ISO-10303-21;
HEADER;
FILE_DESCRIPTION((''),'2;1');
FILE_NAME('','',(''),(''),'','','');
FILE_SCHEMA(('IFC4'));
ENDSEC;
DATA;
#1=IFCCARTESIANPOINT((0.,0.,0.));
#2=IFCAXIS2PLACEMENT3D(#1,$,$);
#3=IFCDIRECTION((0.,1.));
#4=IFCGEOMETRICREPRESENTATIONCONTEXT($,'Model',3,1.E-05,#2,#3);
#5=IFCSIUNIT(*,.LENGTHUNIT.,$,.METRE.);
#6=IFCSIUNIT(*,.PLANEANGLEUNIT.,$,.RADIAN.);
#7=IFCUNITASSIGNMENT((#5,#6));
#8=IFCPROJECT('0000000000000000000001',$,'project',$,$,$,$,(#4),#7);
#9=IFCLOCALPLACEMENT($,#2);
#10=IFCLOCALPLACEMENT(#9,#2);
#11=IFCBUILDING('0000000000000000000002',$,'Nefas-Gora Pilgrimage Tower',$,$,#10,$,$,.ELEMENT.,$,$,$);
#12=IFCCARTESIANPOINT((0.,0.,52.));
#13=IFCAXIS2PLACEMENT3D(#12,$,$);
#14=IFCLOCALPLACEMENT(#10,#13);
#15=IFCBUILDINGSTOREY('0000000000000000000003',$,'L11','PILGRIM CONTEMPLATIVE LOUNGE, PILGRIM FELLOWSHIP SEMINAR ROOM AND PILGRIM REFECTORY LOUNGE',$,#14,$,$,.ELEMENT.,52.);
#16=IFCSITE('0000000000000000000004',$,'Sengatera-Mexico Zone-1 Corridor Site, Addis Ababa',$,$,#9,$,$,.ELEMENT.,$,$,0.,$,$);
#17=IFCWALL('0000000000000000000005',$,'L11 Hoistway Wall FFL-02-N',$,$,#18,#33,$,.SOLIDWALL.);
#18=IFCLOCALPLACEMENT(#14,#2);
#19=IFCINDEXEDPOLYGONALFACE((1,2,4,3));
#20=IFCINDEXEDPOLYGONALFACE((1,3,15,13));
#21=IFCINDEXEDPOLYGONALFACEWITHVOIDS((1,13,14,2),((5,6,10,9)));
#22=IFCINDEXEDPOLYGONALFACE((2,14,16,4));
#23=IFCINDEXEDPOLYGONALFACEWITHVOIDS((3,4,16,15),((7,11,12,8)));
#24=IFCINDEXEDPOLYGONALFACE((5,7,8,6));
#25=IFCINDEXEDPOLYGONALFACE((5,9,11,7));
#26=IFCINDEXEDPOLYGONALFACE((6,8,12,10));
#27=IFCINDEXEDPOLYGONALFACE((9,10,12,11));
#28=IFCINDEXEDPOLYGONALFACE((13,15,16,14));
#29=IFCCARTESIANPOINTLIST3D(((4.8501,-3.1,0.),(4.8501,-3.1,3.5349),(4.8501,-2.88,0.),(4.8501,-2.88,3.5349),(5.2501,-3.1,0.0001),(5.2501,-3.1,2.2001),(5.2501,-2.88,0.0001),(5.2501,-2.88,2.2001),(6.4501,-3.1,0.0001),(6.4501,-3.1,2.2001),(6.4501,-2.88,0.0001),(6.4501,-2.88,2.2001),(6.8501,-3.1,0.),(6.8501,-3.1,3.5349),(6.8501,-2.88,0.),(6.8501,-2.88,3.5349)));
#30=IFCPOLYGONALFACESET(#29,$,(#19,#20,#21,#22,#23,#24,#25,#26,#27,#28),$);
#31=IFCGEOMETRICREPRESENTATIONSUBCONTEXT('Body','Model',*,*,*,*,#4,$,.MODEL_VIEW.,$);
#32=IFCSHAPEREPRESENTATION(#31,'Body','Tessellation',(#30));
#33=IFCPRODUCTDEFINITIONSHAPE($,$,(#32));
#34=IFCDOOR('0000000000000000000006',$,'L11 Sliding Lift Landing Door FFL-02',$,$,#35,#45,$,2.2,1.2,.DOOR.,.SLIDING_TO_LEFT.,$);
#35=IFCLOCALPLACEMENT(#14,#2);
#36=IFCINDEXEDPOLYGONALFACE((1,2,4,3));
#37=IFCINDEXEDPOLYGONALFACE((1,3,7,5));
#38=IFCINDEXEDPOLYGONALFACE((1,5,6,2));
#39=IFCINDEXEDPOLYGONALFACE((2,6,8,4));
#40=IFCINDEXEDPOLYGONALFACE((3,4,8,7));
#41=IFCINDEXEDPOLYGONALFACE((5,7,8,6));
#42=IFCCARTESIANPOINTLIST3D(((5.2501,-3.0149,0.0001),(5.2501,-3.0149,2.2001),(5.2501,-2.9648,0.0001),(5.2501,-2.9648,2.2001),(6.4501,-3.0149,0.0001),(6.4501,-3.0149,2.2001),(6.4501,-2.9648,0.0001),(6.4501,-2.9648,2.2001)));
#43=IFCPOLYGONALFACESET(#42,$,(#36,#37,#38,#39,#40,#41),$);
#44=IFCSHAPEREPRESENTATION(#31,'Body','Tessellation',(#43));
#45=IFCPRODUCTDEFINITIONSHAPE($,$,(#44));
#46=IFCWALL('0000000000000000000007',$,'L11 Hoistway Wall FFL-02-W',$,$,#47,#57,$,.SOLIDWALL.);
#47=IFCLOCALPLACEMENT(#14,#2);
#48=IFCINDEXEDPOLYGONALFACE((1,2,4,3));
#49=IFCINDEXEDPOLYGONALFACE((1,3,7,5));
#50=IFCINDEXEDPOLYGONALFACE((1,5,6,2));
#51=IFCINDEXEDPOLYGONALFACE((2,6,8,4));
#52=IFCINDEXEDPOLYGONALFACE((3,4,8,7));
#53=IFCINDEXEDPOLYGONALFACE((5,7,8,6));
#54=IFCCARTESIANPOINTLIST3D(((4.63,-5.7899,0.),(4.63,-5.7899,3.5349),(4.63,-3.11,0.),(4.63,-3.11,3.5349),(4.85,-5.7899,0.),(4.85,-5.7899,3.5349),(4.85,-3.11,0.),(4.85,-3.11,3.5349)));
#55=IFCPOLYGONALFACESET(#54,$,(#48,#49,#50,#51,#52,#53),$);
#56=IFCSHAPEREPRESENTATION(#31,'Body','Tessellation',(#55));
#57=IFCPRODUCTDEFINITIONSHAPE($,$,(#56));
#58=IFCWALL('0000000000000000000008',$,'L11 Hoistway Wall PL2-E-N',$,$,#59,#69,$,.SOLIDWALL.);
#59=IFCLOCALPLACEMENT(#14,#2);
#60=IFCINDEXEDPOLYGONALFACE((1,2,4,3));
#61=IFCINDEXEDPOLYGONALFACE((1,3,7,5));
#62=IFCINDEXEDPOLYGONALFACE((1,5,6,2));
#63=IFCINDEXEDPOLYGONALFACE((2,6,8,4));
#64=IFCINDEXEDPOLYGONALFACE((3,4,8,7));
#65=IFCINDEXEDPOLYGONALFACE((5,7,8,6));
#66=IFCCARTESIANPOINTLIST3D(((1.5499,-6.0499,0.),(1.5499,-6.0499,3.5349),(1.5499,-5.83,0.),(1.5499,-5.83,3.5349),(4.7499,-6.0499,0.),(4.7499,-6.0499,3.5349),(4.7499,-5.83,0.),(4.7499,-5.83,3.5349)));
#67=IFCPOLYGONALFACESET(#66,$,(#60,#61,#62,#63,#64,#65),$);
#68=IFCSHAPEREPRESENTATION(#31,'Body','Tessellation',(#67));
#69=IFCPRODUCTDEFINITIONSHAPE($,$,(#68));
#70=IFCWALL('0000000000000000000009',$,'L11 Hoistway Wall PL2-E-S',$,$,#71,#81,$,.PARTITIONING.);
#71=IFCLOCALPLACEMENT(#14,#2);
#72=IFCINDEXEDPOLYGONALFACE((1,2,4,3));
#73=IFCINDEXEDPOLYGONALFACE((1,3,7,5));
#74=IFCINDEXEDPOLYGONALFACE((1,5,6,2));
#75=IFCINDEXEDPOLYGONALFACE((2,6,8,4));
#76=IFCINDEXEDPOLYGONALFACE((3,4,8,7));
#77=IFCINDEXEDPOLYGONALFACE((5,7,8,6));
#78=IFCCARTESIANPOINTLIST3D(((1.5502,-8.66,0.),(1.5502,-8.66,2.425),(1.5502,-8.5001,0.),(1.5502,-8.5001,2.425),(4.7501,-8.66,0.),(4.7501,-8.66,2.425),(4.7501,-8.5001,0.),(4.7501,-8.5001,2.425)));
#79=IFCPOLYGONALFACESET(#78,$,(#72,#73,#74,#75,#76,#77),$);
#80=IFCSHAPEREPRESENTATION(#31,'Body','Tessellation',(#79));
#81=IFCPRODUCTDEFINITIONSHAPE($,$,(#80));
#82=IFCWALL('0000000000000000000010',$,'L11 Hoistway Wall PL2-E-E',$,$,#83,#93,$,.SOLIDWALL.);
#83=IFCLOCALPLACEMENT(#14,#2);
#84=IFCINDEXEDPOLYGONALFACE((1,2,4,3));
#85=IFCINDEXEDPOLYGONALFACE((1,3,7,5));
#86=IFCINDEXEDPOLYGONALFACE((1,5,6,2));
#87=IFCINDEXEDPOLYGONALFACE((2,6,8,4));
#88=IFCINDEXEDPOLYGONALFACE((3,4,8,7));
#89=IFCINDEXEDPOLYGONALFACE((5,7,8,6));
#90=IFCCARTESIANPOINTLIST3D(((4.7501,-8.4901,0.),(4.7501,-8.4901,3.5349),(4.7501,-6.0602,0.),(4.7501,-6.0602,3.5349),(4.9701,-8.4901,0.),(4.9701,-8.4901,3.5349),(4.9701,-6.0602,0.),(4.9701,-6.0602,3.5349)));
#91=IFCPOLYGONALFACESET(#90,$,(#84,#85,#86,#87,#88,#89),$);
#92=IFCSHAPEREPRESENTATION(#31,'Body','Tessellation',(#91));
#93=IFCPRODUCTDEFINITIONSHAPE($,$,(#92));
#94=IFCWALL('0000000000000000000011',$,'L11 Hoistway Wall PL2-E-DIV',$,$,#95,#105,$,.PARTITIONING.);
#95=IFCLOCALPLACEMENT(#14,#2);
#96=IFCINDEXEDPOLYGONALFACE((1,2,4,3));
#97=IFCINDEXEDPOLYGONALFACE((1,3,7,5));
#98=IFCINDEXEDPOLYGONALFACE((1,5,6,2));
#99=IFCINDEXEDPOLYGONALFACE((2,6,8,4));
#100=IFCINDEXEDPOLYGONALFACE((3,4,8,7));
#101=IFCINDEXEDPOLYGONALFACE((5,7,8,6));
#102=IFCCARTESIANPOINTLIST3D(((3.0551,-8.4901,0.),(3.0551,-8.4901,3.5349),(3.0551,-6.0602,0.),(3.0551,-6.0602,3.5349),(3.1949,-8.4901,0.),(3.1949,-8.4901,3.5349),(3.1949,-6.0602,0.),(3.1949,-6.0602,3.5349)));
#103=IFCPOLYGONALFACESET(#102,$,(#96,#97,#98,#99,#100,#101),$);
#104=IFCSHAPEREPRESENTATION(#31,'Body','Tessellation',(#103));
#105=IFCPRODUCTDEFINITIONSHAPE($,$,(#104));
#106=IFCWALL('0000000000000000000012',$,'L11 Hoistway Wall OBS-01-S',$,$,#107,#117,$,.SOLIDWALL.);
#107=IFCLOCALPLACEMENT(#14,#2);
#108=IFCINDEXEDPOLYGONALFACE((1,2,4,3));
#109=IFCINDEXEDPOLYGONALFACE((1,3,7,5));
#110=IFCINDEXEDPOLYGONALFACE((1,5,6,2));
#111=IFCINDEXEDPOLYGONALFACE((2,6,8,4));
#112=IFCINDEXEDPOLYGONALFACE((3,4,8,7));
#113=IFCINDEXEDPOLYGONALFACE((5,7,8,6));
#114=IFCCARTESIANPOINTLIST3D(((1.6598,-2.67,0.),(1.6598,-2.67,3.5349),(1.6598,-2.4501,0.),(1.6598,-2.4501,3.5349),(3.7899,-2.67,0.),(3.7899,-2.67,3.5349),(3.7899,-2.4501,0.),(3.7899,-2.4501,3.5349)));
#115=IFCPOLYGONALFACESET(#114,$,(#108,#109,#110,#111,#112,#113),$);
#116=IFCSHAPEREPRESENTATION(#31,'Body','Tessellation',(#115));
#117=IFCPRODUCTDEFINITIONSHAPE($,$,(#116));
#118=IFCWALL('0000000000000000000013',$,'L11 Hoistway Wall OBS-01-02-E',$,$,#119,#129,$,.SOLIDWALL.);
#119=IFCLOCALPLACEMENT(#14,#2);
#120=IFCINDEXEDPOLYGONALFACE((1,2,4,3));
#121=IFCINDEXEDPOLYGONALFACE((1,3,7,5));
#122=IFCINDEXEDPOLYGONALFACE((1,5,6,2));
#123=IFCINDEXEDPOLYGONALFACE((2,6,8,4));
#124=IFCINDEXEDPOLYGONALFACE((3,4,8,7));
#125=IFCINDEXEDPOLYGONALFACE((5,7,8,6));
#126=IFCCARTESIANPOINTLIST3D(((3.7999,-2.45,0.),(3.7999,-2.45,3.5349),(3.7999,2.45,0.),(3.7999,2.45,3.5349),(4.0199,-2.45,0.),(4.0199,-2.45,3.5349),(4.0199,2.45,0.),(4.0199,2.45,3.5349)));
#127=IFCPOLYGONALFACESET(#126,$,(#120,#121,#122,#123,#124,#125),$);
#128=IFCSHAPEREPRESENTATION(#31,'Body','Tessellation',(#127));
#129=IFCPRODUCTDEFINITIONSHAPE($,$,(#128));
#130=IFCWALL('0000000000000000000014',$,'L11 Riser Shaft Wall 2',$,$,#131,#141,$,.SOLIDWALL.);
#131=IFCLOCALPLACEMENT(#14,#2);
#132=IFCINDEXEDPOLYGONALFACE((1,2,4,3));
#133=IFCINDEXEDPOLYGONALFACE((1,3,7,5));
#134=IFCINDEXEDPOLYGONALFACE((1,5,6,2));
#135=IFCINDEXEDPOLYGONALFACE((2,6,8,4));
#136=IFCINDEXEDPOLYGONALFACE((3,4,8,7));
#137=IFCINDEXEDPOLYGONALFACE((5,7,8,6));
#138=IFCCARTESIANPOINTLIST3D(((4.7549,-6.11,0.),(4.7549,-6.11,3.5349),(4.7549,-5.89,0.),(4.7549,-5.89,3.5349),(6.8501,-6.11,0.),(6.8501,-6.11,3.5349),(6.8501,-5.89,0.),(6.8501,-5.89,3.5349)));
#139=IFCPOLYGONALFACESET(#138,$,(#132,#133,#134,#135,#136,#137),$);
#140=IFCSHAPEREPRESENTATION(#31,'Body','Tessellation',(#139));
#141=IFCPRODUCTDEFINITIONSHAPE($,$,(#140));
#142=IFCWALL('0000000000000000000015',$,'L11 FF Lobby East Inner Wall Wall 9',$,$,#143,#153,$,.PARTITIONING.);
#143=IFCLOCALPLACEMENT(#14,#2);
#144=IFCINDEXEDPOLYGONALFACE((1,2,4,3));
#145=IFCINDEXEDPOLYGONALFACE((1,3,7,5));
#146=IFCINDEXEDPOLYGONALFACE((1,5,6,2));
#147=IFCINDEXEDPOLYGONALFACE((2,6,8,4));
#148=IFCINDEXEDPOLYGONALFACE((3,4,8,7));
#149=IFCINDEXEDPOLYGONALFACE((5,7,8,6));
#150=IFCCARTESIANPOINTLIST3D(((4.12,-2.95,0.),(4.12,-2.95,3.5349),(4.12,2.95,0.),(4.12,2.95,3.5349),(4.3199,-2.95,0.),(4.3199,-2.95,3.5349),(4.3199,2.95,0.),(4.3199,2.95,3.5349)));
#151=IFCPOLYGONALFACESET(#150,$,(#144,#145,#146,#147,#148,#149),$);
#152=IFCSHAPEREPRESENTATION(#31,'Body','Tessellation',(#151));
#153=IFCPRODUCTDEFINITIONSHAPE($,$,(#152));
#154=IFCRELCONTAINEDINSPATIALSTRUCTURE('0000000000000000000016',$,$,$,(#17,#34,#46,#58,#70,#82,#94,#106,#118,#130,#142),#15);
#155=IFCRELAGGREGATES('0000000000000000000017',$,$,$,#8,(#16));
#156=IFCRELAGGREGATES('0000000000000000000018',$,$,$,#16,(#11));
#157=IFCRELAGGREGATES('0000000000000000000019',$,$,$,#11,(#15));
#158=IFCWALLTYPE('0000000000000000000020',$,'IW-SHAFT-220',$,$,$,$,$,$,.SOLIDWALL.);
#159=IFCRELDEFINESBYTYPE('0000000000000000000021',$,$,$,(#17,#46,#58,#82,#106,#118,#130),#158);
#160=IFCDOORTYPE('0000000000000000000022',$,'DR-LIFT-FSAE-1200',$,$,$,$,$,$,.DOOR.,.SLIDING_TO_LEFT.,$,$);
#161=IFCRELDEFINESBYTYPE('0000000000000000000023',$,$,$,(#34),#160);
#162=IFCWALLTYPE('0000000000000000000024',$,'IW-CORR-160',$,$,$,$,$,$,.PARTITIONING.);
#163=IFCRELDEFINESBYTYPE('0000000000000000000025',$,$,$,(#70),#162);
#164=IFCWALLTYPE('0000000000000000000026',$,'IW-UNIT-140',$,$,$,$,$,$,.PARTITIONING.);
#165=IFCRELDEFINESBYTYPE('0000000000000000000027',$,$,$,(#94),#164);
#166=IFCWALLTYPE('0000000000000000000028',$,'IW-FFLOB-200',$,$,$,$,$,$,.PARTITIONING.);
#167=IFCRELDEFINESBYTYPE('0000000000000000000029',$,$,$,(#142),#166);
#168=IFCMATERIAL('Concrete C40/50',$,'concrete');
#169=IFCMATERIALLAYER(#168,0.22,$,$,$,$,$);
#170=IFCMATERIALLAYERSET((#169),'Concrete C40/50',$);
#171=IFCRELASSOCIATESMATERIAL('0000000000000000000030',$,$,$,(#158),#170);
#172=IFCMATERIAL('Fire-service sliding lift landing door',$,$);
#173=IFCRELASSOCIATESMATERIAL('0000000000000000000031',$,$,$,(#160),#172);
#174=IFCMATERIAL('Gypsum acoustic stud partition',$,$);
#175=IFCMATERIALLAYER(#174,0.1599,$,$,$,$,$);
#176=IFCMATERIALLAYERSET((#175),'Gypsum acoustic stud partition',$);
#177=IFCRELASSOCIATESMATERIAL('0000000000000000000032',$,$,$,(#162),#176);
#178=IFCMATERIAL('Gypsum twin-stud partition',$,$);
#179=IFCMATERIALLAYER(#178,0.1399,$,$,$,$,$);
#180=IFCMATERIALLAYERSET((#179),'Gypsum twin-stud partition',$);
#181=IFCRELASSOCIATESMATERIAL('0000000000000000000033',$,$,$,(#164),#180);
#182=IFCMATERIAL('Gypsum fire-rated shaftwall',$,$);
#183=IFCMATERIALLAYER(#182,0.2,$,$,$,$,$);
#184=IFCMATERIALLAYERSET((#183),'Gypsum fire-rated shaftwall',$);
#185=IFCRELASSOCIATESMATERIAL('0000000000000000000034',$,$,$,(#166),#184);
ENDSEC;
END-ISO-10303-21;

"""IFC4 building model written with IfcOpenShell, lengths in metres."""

from ifc_helpers import new_model, si_unit, direction, frame, frame_2d, origin, place, context, subcontext, project, spatial, rectangle, extrude, source, transform, mapped, material, layer, layer_set, type_object, element, fill, save


model = new_model("IFC4")

# Units and contexts
model_context = context("Model", 3, precision=1e-05, world=origin(), true_north=direction((0.0, 1.0)))
body_context = subcontext(model_context, "Body", "Model", "MODEL_VIEW")
ifc_project = project(units=[si_unit("LENGTHUNIT", "METRE"), si_unit("PLANEANGLEUNIT", "RADIAN")], contexts=[model_context])

# Site, building, storey
site_placement = place(None, origin())
site = spatial("IfcSite", under=ifc_project, at=site_placement, Name="Sengatera-Mexico Zone-1 Corridor Site, Addis Ababa", CompositionType="ELEMENT", RefElevation=0.0)
building_placement = place(site_placement, origin())
building = spatial("IfcBuilding", under=site, at=building_placement, Name="Nefas-Gora Pilgrimage Tower", CompositionType="ELEMENT")
storey_placement = place(building_placement, frame((0.0, 0.0, 52.0)))
storey = spatial("IfcBuildingStorey", under=building, at=storey_placement, Name="L11", Description="PILGRIM CONTEMPLATIVE LOUNGE, PILGRIM FELLOWSHIP SEMINAR ROOM AND PILGRIM REFECTORY LOUNGE", CompositionType="ELEMENT", Elevation=52.0)

# Wall, opening, door
ifc_material_1 = material(Name="Concrete C40/50", Category="concrete")
ifc_layer_1 = layer(ifc_material_1, 0.22)
ifc_layer_set_1 = layer_set([ifc_layer_1], Name="Concrete C40/50")
wall_type_1 = type_object("IfcWallType", Name="IW-SHAFT-220", PredefinedType="SOLIDWALL", material=ifc_layer_set_1)
shared_shape_1 = source(origin(), body_context, "Body", "SweptSolid", [
    extrude(rectangle(XDim=2.0, YDim=0.22, at=frame_2d((1.0, 0.0))), origin(), (0.0, 0.0, 1.0), 3.5349),
])
wall_1_placement = place(storey_placement, frame((6.8501, -2.99, 0.0), z_axis=(0.0, 0.0, 1.0), x_axis=(-1.0, 0.0, 0.0)))
wall_1 = element("IfcWall", 1, at=wall_1_placement, inside=storey, type_object=wall_type_1, Name="L11 Hoistway Wall FFL-02-N", PredefinedType="SOLIDWALL", context=body_context, shape_type="MappedRepresentation", body=[
    mapped(shared_shape_1, transform((0.0, 0.0, 0.0), x_axis=(1.0, 0.0, 0.0), y_axis=(0.0, 1.0, 0.0), z_axis=(0.0, 0.0, 1.0), scale=1.0)),
])
opening_1_placement = place(wall_1_placement, frame((0.3999, 0.0, 0.0)))
opening_1 = element("IfcOpeningElement", 2, at=opening_1_placement, cuts=wall_1, PredefinedType="OPENING", context=body_context, shape_type="SweptSolid", body=[
    extrude(rectangle(XDim=1.2, YDim=2.2, at=frame_2d((0.6001, 1.1001))), frame((0.0, 0.1199, 0.0), z_axis=(0.0, -1.0, 0.0), x_axis=(1.0, 0.0, 0.0)), (0.0, 0.0, 1.0), 0.24),
])
ifc_material_2 = material(Name="Fire-service sliding lift landing door")
door_type_1 = type_object("IfcDoorType", Name="DR-LIFT-FSAE-1200", OperationType="SLIDING_TO_LEFT", PredefinedType="DOOR", material=ifc_material_2)
shared_shape_2 = source(origin(), body_context, "Body", "SweptSolid", [
    extrude(rectangle(XDim=1.2, YDim=2.2, at=frame_2d((0.6001, 1.1001))), frame((0.0, 0.0249, 0.0), z_axis=(0.0, -1.0, 0.0), x_axis=(1.0, 0.0, 0.0)), (0.0, 0.0, 1.0), 0.05),
])
door_1_placement = place(opening_1_placement, origin())
door_1 = element("IfcDoor", 3, at=door_1_placement, inside=storey, type_object=door_type_1, Name="L11 Sliding Lift Landing Door FFL-02", OperationType="SLIDING_TO_LEFT", OverallHeight=2.2, OverallWidth=1.2, PredefinedType="DOOR", context=body_context, shape_type="MappedRepresentation", body=[
    mapped(shared_shape_2, transform((0.0, 0.0, 0.0), x_axis=(1.0, 0.0, 0.0), y_axis=(0.0, 1.0, 0.0), z_axis=(0.0, 0.0, 1.0), scale=1.0)),
])
fill(opening_1, door_1)

# Walls
shared_shape_3 = source(origin(), body_context, "Body", "SweptSolid", [
    extrude(rectangle(XDim=2.6799, YDim=0.22, at=frame_2d((1.3398, 0.0))), origin(), (0.0, 0.0, 1.0), 3.5349),
])
wall_2_placement = place(storey_placement, frame((4.74, -3.1101, 0.0), z_axis=(0.0, 0.0, 1.0), x_axis=(0.0, -1.0, 0.0)))
element("IfcWall", 4, at=wall_2_placement, inside=storey, type_object=wall_type_1, Name="L11 Hoistway Wall FFL-02-W", PredefinedType="SOLIDWALL", context=body_context, shape_type="MappedRepresentation", body=[
    mapped(shared_shape_3, transform((0.0, 0.0, 0.0), x_axis=(1.0, 0.0, 0.0), y_axis=(0.0, 1.0, 0.0), z_axis=(0.0, 0.0, 1.0), scale=1.0)),
])
shared_shape_4 = source(origin(), body_context, "Body", "SweptSolid", [
    extrude(rectangle(XDim=3.2, YDim=0.22, at=frame_2d((1.6001, 0.0))), origin(), (0.0, 0.0, 1.0), 3.5349),
])
wall_3_placement = place(storey_placement, frame((4.75, -5.9399, 0.0), z_axis=(0.0, 0.0, 1.0), x_axis=(-1.0, 0.0, 0.0)))
element("IfcWall", 5, at=wall_3_placement, inside=storey, type_object=wall_type_1, Name="L11 Hoistway Wall PL2-E-N", PredefinedType="SOLIDWALL", context=body_context, shape_type="MappedRepresentation", body=[
    mapped(shared_shape_4, transform((0.0, 0.0, 0.0), x_axis=(1.0, 0.0, 0.0), y_axis=(0.0, 1.0, 0.0), z_axis=(0.0, 0.0, 1.0), scale=1.0)),
])
ifc_material_3 = material(Name="Gypsum acoustic stud partition")
ifc_layer_2 = layer(ifc_material_3, 0.1599)
ifc_layer_set_2 = layer_set([ifc_layer_2], Name="Gypsum acoustic stud partition")
wall_type_2 = type_object("IfcWallType", Name="IW-CORR-160", PredefinedType="PARTITIONING", material=ifc_layer_set_2)
shared_shape_5 = source(origin(), body_context, "Body", "SweptSolid", [
    extrude(rectangle(XDim=3.2, YDim=0.1599, at=frame_2d((1.6001, 0.0))), origin(), (0.0, 0.0, 1.0), 2.425),
])
wall_4_placement = place(storey_placement, frame((1.55, -8.5801, 0.0), z_axis=(0.0, 0.0, 1.0), x_axis=(1.0, 0.0, 0.0)))
element("IfcWall", 6, at=wall_4_placement, inside=storey, type_object=wall_type_2, Name="L11 Hoistway Wall PL2-E-S", PredefinedType="PARTITIONING", context=body_context, shape_type="MappedRepresentation", body=[
    mapped(shared_shape_5, transform((0.0, 0.0, 0.0), x_axis=(1.0, 0.0, 0.0), y_axis=(0.0, 1.0, 0.0), z_axis=(0.0, 0.0, 1.0), scale=1.0)),
])
shared_shape_6 = source(origin(), body_context, "Body", "SweptSolid", [
    extrude(rectangle(XDim=2.4299, YDim=0.22, at=frame_2d((1.2148, 0.0))), origin(), (0.0, 0.0, 1.0), 3.5349),
])
for number, where, z_axis, x_axis, name in (
    (7, (4.8601, -8.49, 0.0), (0.0, 0.0, 1.0), (0.0, 1.0, 0.0), "L11 Hoistway Wall PL2-E-E"),
):
    element("IfcWall", number, at=place(storey_placement, frame(where, z_axis=z_axis, x_axis=x_axis)), inside=storey, type_object=wall_type_1, Name=name, PredefinedType="SOLIDWALL", context=body_context, shape_type="MappedRepresentation", body=[
        mapped(shared_shape_6, transform((0.0, 0.0, 0.0), x_axis=(1.0, 0.0, 0.0), y_axis=(0.0, 1.0, 0.0), z_axis=(0.0, 0.0, 1.0), scale=1.0)),
    ])
ifc_material_4 = material(Name="Gypsum twin-stud partition")
ifc_layer_3 = layer(ifc_material_4, 0.1399)
ifc_layer_set_3 = layer_set([ifc_layer_3], Name="Gypsum twin-stud partition")
wall_type_3 = type_object("IfcWallType", Name="IW-UNIT-140", PredefinedType="PARTITIONING", material=ifc_layer_set_3)
shared_shape_7 = source(origin(), body_context, "Body", "SweptSolid", [
    extrude(rectangle(XDim=2.4299, YDim=0.1399, at=frame_2d((1.2148, 0.0))), origin(), (0.0, 0.0, 1.0), 3.5349),
])
wall_5_placement = place(storey_placement, frame((3.125, -8.49, 0.0), z_axis=(0.0, 0.0, 1.0), x_axis=(0.0, 1.0, 0.0)))
element("IfcWall", 8, at=wall_5_placement, inside=storey, type_object=wall_type_3, Name="L11 Hoistway Wall PL2-E-DIV", PredefinedType="PARTITIONING", context=body_context, shape_type="MappedRepresentation", body=[
    mapped(shared_shape_7, transform((0.0, 0.0, 0.0), x_axis=(1.0, 0.0, 0.0), y_axis=(0.0, 1.0, 0.0), z_axis=(0.0, 0.0, 1.0), scale=1.0)),
])
shared_shape_8 = source(origin(), body_context, "Body", "SweptSolid", [
    extrude(rectangle(XDim=2.1301, YDim=0.22, at=frame_2d((1.0649, 0.0))), origin(), (0.0, 0.0, 1.0), 3.5349),
])
wall_6_placement = place(storey_placement, frame((1.6599, -2.5601, 0.0), z_axis=(0.0, 0.0, 1.0), x_axis=(1.0, 0.0, 0.0)))
element("IfcWall", 9, at=wall_6_placement, inside=storey, type_object=wall_type_1, Name="L11 Hoistway Wall OBS-01-S", PredefinedType="SOLIDWALL", context=body_context, shape_type="MappedRepresentation", body=[
    mapped(shared_shape_8, transform((0.0, 0.0, 0.0), x_axis=(1.0, 0.0, 0.0), y_axis=(0.0, 1.0, 0.0), z_axis=(0.0, 0.0, 1.0), scale=1.0)),
])
shared_shape_9 = source(origin(), body_context, "Body", "SweptSolid", [
    extrude(rectangle(XDim=4.8999, YDim=0.22, at=frame_2d((2.45, 0.0))), origin(), (0.0, 0.0, 1.0), 3.5349),
])
wall_7_placement = place(storey_placement, frame((3.9099, -2.45, 0.0), z_axis=(0.0, 0.0, 1.0), x_axis=(0.0, 1.0, 0.0)))
element("IfcWall", 10, at=wall_7_placement, inside=storey, type_object=wall_type_1, Name="L11 Hoistway Wall OBS-01-02-E", PredefinedType="SOLIDWALL", context=body_context, shape_type="MappedRepresentation", body=[
    mapped(shared_shape_9, transform((0.0, 0.0, 0.0), x_axis=(1.0, 0.0, 0.0), y_axis=(0.0, 1.0, 0.0), z_axis=(0.0, 0.0, 1.0), scale=1.0)),
])
shared_shape_10 = source(origin(), body_context, "Body", "SweptSolid", [
    extrude(rectangle(XDim=2.0952, YDim=0.22, at=frame_2d((1.0476, 0.0))), origin(), (0.0, 0.0, 1.0), 3.5349),
])
wall_8_placement = place(storey_placement, frame((4.7549, -6.0, 0.0), z_axis=(0.0, 0.0, 1.0), x_axis=(1.0, 0.0, 0.0)))
element("IfcWall", 11, at=wall_8_placement, inside=storey, type_object=wall_type_1, Name="L11 Riser Shaft Wall 2", PredefinedType="SOLIDWALL", context=body_context, shape_type="MappedRepresentation", body=[
    mapped(shared_shape_10, transform((0.0, 0.0, 0.0), x_axis=(1.0, 0.0, 0.0), y_axis=(0.0, 1.0, 0.0), z_axis=(0.0, 0.0, 1.0), scale=1.0)),
])

# Shared definitions
ifc_material_5 = material(Name="Gypsum fire-rated shaftwall")
ifc_layer_4 = layer(ifc_material_5, 0.2)
ifc_layer_set_4 = layer_set([ifc_layer_4], Name="Gypsum fire-rated shaftwall")
wall_type_4 = type_object("IfcWallType", Name="IW-FFLOB-200", PredefinedType="PARTITIONING", material=ifc_layer_set_4)

# Wall
shared_shape_11 = source(origin(), body_context, "Body", "SweptSolid", [
    extrude(rectangle(XDim=5.8999, YDim=0.2, at=frame_2d((2.95, 0.0))), origin(), (0.0, 0.0, 1.0), 3.5349),
])
wall_9_placement = place(storey_placement, frame((4.22, -2.95, 0.0), z_axis=(0.0, 0.0, 1.0), x_axis=(0.0, 1.0, 0.0)))
element("IfcWall", 12, at=wall_9_placement, inside=storey, type_object=wall_type_4, Name="L11 FF Lobby East Inner Wall Wall 9", PredefinedType="PARTITIONING", context=body_context, shape_type="MappedRepresentation", body=[
    mapped(shared_shape_11, transform((0.0, 0.0, 0.0), x_axis=(1.0, 0.0, 0.0), y_axis=(0.0, 1.0, 0.0), z_axis=(0.0, 0.0, 1.0), scale=1.0)),
])

save(model, "model.ifc")
